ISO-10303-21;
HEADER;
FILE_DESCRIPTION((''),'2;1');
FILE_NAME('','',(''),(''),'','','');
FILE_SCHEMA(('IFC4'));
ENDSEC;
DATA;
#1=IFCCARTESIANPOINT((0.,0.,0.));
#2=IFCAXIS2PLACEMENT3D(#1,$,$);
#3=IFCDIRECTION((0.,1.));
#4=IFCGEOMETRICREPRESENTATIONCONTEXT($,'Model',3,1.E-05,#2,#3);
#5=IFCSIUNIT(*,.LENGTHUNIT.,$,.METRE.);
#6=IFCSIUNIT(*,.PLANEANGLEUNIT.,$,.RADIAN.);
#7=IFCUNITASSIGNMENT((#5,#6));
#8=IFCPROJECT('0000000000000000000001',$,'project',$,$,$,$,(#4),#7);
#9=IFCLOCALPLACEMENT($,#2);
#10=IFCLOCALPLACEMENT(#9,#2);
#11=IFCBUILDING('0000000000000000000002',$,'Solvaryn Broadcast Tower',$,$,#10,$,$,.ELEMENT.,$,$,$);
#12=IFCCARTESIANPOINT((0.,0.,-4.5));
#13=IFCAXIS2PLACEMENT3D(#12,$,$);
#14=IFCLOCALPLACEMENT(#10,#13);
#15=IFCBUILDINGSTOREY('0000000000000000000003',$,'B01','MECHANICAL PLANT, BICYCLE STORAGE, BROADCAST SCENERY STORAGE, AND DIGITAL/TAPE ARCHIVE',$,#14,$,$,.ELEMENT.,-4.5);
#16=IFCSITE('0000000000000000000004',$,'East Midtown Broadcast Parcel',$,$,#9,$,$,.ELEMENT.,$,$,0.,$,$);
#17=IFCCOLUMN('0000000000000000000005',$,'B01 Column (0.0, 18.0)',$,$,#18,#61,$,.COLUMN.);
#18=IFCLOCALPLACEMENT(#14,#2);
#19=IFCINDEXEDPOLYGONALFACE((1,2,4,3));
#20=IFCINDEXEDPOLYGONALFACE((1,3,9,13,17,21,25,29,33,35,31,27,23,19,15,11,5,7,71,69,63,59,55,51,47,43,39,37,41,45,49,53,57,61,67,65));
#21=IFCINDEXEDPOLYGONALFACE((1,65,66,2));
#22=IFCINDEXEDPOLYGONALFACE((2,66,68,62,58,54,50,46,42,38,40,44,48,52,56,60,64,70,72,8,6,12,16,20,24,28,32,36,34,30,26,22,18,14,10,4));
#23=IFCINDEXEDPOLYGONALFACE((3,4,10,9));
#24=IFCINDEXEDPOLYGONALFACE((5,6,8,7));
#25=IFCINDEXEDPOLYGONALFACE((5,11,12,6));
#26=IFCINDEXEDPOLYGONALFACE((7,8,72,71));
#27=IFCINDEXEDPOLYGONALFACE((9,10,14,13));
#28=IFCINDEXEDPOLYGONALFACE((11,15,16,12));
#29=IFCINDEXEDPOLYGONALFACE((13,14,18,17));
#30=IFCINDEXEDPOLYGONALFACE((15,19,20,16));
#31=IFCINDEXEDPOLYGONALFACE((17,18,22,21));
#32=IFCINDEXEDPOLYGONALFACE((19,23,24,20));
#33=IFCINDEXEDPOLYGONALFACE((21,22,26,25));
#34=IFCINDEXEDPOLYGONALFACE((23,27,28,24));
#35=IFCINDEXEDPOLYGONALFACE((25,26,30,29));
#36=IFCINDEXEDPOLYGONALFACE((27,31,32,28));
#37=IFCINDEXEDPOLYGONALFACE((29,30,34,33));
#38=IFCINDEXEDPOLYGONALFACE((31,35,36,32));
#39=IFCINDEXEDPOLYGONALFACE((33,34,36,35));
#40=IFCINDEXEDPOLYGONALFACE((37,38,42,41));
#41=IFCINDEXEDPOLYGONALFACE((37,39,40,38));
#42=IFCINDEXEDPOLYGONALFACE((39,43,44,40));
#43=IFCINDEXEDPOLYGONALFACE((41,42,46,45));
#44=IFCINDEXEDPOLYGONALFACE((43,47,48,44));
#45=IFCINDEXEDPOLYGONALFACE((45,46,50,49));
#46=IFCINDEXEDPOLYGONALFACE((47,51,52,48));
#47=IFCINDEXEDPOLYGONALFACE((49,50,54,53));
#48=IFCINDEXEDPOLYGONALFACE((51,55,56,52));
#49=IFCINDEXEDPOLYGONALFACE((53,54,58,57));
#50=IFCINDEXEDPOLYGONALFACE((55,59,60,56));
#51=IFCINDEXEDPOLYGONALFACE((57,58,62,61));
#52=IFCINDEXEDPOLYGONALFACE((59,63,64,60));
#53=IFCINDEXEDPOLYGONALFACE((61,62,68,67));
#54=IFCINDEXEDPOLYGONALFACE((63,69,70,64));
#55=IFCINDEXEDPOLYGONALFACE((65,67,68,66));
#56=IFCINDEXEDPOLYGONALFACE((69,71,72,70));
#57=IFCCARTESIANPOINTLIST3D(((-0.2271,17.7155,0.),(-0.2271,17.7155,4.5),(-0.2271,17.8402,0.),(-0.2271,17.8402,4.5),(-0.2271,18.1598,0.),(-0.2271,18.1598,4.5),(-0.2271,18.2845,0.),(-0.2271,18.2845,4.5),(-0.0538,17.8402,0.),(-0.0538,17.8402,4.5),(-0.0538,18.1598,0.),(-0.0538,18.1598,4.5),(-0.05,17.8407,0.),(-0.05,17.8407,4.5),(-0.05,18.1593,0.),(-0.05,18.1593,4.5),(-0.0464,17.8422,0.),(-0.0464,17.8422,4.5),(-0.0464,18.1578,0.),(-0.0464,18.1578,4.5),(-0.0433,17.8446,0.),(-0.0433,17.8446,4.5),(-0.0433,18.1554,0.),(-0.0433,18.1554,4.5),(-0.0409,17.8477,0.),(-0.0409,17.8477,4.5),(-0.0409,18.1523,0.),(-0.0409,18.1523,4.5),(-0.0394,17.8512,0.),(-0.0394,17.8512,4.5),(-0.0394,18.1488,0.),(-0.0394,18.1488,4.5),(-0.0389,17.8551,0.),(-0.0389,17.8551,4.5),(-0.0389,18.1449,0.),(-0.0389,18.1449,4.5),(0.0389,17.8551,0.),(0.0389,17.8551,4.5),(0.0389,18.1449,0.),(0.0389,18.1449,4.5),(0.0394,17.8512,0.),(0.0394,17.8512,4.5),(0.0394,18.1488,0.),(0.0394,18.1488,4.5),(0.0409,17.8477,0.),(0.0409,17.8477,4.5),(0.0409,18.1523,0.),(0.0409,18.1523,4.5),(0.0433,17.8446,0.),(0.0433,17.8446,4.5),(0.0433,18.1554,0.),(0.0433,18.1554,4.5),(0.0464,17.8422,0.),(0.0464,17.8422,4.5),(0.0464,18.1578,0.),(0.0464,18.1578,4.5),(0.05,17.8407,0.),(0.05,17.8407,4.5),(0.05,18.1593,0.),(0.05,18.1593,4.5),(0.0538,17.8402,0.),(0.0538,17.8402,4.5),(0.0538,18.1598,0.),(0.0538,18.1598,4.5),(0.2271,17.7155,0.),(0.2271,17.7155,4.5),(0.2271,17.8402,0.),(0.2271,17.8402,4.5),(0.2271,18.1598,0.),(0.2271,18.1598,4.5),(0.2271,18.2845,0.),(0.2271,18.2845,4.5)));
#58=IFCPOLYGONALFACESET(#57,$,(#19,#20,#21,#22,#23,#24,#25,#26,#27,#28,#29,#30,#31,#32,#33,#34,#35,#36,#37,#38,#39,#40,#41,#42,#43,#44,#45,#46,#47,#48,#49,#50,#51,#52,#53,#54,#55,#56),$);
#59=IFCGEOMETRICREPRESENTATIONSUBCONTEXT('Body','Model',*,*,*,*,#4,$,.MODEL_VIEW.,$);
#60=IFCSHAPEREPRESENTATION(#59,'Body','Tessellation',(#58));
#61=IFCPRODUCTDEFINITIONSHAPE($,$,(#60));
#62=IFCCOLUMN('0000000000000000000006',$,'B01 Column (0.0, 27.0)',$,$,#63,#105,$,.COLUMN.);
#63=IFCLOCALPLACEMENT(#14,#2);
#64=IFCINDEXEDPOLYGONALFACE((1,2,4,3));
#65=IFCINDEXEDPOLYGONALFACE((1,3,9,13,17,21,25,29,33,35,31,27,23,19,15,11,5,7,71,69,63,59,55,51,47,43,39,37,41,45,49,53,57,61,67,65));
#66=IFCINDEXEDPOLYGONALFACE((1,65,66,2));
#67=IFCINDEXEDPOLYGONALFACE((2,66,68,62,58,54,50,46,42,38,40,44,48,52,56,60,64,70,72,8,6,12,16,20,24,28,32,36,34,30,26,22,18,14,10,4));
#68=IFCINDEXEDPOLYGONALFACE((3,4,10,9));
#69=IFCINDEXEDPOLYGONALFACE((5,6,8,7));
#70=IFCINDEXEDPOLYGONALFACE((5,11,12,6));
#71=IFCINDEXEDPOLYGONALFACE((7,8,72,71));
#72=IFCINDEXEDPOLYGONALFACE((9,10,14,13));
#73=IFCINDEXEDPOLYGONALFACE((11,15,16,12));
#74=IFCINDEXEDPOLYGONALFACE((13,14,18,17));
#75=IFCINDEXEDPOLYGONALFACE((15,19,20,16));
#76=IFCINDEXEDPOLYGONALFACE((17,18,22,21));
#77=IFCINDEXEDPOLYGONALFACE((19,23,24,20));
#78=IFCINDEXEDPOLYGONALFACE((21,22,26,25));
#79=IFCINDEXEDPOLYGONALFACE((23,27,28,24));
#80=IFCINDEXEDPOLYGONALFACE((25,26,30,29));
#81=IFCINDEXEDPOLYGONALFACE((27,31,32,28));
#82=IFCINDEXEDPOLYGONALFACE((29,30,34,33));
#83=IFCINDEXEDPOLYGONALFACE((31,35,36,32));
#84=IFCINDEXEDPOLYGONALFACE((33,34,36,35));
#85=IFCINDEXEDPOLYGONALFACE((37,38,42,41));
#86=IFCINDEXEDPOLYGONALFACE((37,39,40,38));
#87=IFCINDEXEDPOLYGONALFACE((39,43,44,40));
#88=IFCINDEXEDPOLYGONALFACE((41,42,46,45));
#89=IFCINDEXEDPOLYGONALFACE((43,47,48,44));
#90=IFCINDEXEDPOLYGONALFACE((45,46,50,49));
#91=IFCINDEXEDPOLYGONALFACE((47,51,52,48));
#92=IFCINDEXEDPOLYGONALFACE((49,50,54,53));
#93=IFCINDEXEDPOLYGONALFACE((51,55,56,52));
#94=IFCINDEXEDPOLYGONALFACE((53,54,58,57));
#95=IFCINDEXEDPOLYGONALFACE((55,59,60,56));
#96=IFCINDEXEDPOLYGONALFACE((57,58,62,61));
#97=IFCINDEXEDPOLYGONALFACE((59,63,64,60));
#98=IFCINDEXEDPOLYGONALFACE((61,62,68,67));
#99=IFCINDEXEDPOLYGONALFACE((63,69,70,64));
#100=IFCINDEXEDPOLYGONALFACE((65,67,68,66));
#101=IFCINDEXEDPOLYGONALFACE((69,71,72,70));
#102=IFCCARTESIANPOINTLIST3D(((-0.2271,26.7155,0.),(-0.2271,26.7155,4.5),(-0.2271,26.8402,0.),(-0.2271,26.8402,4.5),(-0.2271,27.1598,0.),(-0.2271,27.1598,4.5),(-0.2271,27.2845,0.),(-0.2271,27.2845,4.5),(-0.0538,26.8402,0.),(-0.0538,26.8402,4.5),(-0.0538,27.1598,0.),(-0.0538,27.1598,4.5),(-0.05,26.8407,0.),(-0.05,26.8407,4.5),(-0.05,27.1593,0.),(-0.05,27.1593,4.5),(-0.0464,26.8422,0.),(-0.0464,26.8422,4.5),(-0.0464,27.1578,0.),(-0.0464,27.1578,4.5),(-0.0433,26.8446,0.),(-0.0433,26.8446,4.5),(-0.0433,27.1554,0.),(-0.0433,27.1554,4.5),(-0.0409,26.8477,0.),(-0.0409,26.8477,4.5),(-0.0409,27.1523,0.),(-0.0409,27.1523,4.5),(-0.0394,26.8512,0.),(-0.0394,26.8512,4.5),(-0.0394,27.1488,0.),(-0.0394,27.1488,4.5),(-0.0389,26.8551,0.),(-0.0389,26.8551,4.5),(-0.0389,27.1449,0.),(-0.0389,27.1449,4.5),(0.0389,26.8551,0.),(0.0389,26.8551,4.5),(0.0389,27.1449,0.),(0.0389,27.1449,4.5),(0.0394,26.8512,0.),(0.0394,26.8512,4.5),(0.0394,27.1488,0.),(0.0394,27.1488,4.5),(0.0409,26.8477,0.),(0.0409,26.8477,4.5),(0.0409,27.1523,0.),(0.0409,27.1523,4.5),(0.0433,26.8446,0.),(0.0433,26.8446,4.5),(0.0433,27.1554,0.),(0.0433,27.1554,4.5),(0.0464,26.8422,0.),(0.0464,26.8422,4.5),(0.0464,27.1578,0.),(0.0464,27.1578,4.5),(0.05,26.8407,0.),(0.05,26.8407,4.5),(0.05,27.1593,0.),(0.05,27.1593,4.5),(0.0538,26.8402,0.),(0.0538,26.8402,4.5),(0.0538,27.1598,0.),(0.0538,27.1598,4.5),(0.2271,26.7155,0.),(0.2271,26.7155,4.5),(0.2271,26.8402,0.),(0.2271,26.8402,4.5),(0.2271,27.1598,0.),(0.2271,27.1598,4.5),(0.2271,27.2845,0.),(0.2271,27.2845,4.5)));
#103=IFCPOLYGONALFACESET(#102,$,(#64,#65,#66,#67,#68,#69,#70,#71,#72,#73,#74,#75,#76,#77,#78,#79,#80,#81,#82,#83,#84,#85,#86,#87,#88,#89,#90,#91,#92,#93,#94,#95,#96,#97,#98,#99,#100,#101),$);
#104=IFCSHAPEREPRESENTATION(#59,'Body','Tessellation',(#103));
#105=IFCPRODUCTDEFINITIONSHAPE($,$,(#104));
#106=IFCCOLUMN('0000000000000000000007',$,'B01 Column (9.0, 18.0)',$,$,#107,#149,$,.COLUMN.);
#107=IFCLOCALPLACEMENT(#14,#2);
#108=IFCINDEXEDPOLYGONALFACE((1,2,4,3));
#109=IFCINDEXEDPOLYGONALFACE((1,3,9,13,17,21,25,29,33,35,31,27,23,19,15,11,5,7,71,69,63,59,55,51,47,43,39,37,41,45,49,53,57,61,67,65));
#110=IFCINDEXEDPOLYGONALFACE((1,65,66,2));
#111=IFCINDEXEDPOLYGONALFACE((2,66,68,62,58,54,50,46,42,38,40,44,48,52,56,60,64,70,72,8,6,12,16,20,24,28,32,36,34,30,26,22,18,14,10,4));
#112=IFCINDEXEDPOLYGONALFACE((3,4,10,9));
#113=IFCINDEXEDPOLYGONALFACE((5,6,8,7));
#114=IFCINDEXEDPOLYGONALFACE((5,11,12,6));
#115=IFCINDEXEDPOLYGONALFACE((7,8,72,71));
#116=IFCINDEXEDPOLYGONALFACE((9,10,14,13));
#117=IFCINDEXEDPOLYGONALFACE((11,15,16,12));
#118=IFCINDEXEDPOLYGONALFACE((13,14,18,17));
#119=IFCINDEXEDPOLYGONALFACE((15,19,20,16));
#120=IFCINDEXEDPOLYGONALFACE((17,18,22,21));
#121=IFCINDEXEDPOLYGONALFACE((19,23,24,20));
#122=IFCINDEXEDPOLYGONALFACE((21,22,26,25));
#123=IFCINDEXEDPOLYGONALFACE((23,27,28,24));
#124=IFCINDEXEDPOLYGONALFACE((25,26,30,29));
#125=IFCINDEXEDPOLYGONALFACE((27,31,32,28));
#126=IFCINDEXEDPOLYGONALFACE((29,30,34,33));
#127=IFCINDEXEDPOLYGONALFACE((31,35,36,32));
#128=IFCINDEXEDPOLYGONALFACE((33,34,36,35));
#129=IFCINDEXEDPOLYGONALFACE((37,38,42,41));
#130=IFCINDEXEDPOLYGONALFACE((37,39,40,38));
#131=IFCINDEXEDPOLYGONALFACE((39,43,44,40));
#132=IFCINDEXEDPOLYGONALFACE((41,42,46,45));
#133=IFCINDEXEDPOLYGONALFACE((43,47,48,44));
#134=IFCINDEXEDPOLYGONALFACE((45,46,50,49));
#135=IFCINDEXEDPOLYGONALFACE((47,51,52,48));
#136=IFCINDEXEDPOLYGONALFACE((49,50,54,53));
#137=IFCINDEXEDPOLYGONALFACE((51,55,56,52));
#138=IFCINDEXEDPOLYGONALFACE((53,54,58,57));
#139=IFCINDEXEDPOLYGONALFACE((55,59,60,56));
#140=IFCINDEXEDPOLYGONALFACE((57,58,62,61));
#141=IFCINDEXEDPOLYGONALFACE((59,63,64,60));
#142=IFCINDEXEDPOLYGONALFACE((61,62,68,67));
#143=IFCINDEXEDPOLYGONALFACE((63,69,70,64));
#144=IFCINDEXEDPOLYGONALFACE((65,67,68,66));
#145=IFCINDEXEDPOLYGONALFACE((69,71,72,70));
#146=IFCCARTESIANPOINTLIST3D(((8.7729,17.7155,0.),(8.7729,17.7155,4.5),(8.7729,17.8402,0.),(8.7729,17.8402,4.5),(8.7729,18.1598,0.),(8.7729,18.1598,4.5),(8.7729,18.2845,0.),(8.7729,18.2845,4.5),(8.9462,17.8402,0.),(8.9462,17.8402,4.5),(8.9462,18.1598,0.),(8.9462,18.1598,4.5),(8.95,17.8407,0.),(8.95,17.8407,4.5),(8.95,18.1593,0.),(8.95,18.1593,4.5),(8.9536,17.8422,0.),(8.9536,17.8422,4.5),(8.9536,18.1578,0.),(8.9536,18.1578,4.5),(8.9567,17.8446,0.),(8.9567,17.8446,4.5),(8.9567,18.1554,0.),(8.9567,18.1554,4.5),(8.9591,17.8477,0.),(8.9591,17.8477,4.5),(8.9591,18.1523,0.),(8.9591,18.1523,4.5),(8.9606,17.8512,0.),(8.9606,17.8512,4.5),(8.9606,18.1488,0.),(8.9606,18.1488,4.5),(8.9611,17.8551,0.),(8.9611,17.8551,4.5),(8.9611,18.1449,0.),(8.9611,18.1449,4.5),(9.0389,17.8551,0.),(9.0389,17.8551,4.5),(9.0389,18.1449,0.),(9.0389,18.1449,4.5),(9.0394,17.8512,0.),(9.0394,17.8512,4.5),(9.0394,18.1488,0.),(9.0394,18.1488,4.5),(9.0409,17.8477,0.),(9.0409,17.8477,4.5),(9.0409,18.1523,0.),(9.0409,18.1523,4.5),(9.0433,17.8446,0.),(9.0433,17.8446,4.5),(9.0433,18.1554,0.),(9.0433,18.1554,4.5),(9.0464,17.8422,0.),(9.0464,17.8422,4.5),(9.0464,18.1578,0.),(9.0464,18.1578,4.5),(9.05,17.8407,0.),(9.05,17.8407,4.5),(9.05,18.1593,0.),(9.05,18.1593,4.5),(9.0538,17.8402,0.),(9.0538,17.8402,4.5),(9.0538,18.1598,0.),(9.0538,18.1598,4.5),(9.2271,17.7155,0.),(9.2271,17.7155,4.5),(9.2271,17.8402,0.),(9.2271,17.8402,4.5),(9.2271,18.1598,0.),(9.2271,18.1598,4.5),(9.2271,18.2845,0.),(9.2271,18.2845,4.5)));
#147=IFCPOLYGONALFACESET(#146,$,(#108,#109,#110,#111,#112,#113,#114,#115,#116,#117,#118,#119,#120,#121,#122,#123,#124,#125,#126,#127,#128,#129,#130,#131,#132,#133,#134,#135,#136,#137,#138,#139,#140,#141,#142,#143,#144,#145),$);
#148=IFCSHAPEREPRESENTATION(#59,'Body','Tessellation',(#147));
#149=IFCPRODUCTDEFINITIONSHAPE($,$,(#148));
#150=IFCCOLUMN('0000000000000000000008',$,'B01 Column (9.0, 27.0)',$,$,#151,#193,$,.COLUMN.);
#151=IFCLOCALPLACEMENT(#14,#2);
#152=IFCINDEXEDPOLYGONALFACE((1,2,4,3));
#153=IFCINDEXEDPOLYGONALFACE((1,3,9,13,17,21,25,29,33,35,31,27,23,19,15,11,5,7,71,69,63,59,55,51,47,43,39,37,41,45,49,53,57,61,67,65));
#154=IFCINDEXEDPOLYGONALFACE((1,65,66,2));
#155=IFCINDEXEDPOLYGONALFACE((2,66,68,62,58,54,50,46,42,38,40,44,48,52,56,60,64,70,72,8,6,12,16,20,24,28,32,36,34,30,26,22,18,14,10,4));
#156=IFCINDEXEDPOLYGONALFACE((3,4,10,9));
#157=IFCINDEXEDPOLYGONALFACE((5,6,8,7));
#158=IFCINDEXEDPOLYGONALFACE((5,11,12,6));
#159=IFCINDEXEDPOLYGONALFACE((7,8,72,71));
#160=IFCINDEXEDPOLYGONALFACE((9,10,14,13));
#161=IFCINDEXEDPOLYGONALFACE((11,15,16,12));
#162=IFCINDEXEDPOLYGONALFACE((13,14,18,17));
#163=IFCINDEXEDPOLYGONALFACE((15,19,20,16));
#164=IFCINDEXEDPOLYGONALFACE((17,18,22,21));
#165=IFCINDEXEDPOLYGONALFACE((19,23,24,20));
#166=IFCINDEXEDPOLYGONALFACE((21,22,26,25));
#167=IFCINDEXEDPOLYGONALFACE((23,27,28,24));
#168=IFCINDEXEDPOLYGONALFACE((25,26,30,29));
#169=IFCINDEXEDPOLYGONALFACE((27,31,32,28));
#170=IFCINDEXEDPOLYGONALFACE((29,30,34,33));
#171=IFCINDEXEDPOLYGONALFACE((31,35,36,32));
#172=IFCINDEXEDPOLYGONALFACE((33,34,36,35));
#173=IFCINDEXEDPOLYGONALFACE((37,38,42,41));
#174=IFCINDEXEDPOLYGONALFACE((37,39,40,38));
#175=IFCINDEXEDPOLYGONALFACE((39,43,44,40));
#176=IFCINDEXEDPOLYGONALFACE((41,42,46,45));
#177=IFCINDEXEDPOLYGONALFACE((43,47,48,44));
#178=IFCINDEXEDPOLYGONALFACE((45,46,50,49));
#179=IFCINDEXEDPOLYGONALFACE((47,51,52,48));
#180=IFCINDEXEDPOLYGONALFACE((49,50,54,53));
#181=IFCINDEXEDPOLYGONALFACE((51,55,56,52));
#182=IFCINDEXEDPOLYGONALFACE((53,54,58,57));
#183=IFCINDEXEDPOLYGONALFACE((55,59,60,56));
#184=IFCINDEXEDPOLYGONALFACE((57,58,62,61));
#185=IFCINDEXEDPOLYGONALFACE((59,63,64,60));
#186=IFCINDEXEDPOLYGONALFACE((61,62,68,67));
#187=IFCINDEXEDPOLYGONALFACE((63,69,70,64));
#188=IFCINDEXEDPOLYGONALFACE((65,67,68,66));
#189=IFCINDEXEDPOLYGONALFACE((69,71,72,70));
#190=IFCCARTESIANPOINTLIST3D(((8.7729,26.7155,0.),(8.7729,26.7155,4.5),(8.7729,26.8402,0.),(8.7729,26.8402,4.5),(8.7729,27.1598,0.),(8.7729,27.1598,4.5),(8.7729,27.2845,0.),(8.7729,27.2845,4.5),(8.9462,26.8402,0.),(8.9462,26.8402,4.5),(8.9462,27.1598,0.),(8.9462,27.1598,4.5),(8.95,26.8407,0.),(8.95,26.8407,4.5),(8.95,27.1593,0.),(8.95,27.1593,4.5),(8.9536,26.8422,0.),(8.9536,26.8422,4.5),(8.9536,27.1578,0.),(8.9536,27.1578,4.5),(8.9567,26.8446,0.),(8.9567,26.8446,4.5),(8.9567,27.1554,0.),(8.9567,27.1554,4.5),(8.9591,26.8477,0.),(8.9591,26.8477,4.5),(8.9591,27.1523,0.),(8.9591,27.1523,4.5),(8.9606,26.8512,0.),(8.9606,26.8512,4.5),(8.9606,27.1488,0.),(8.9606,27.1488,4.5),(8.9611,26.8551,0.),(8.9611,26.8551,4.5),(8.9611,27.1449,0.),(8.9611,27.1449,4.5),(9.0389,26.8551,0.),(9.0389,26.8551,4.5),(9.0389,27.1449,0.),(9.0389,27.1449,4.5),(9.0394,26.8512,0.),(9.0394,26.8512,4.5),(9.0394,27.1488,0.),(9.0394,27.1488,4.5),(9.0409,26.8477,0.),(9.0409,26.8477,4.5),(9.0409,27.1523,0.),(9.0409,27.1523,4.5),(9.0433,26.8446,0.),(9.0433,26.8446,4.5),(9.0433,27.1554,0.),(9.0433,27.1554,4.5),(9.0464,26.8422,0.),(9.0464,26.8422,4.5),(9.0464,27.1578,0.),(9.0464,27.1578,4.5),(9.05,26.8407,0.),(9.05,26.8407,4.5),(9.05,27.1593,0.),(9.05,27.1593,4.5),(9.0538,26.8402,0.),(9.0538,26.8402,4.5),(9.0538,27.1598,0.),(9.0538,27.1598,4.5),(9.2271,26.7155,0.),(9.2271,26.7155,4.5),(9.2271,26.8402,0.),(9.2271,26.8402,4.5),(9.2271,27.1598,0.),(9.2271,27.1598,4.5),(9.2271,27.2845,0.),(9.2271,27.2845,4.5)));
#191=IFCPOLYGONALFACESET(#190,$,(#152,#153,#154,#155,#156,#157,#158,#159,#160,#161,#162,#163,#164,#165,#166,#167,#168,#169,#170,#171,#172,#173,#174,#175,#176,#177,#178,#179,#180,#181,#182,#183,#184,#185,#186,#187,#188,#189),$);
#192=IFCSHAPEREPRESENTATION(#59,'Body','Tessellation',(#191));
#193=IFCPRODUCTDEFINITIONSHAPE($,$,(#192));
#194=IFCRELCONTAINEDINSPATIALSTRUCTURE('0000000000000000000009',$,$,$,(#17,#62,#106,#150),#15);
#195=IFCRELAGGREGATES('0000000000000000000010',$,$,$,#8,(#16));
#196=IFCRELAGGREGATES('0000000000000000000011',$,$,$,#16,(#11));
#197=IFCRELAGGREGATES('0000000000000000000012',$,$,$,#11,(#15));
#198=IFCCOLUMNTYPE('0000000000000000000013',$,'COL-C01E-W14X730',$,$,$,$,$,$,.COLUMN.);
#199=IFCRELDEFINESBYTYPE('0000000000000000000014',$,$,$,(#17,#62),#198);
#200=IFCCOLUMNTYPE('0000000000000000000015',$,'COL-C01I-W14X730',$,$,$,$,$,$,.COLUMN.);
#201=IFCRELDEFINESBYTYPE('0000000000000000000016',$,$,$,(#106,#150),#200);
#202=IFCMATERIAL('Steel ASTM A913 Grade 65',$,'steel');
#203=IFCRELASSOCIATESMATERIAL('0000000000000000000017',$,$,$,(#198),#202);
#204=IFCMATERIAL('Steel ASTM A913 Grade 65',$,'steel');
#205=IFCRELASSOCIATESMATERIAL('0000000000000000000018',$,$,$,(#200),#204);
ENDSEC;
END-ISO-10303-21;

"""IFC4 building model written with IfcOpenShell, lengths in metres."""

from ifc_helpers import new_model, si_unit, direction, frame, origin, origin_2d, place, context, subcontext, project, spatial, i_section, extrude, material, material_profile, profile_set, type_object, element, save


model = new_model("IFC4")

# Units and contexts
model_context = context("Model", 3, precision=1e-05, world=origin(), true_north=direction((0.0, 1.0)))
body_context = subcontext(model_context, "Body", "Model", "MODEL_VIEW")
ifc_project = project(units=[si_unit("LENGTHUNIT", "METRE"), si_unit("PLANEANGLEUNIT", "RADIAN")], contexts=[model_context])

# Site, building, storey
site_placement = place(None, origin())
site = spatial("IfcSite", under=ifc_project, at=site_placement, Name="East Midtown Broadcast Parcel", CompositionType="ELEMENT", RefElevation=0.0)
building_placement = place(site_placement, origin())
building = spatial("IfcBuilding", under=site, at=building_placement, Name="Solvaryn Broadcast Tower", CompositionType="ELEMENT")
storey_placement = place(building_placement, frame((0.0, 0.0, -4.5)))
storey = spatial("IfcBuildingStorey", under=building, at=storey_placement, Name="B01", Description="MECHANICAL PLANT, BICYCLE STORAGE, BROADCAST SCENERY STORAGE, AND DIGITAL/TAPE ARCHIVE", CompositionType="ELEMENT", Elevation=-4.5)

# Columns
ifc_material_1 = material(Name="Steel ASTM A913 Grade 65", Category="steel")
ifc_material_profile_1 = material_profile(ifc_material_1, i_section(OverallWidth=0.4541, OverallDepth=0.5691, WebThickness=0.0779, FlangeThickness=0.1248, FilletRadius=0.0149, at=origin_2d()))
ifc_profile_set_1 = profile_set([ifc_material_profile_1], Name="Steel ASTM A913 Grade 65")
column_type_1 = type_object("IfcColumnType", Name="COL-C01E-W14X730", PredefinedType="COLUMN", material=ifc_profile_set_1)
for number, where, z_axis, x_axis, name in (
    (1, (0.0, 18.0, 0.0), (0.0, 0.0, 1.0), (1.0, 0.0, 0.0), "B01 Column (0.0, 18.0)"),
    (2, (0.0, 27.0, 0.0), (0.0, 0.0, 1.0), (1.0, 0.0, 0.0), "B01 Column (0.0, 27.0)"),
):
    element("IfcColumn", number, at=place(storey_placement, frame(where, z_axis=z_axis, x_axis=x_axis)), inside=storey, type_object=column_type_1, Name=name, PredefinedType="COLUMN", context=body_context, shape_type="SweptSolid", body=[
        extrude(i_section(OverallWidth=0.4541, OverallDepth=0.5691, WebThickness=0.0779, FlangeThickness=0.1248, FilletRadius=0.0149, at=origin_2d()), origin(), (0.0, 0.0, 1.0), 4.5),
    ])
ifc_material_2 = material(Name="Steel ASTM A913 Grade 65", Category="steel")
ifc_material_profile_2 = material_profile(ifc_material_2, i_section(OverallWidth=0.4541, OverallDepth=0.5691, WebThickness=0.0779, FlangeThickness=0.1248, FilletRadius=0.0149, at=origin_2d()))
ifc_profile_set_2 = profile_set([ifc_material_profile_2], Name="Steel ASTM A913 Grade 65")
column_type_2 = type_object("IfcColumnType", Name="COL-C01I-W14X730", PredefinedType="COLUMN", material=ifc_profile_set_2)
for number, where, z_axis, x_axis, name in (
    (3, (9.0, 18.0, 0.0), (0.0, 0.0, 1.0), (1.0, 0.0, 0.0), "B01 Column (9.0, 18.0)"),
    (4, (9.0, 27.0, 0.0), (0.0, 0.0, 1.0), (1.0, 0.0, 0.0), "B01 Column (9.0, 27.0)"),
):
    element("IfcColumn", number, at=place(storey_placement, frame(where, z_axis=z_axis, x_axis=x_axis)), inside=storey, type_object=column_type_2, Name=name, PredefinedType="COLUMN", context=body_context, shape_type="SweptSolid", body=[
        extrude(i_section(OverallWidth=0.4541, OverallDepth=0.5691, WebThickness=0.0779, FlangeThickness=0.1248, FilletRadius=0.0149, at=origin_2d()), origin(), (0.0, 0.0, 1.0), 4.5),
    ])

save(model, "model.ifc")
